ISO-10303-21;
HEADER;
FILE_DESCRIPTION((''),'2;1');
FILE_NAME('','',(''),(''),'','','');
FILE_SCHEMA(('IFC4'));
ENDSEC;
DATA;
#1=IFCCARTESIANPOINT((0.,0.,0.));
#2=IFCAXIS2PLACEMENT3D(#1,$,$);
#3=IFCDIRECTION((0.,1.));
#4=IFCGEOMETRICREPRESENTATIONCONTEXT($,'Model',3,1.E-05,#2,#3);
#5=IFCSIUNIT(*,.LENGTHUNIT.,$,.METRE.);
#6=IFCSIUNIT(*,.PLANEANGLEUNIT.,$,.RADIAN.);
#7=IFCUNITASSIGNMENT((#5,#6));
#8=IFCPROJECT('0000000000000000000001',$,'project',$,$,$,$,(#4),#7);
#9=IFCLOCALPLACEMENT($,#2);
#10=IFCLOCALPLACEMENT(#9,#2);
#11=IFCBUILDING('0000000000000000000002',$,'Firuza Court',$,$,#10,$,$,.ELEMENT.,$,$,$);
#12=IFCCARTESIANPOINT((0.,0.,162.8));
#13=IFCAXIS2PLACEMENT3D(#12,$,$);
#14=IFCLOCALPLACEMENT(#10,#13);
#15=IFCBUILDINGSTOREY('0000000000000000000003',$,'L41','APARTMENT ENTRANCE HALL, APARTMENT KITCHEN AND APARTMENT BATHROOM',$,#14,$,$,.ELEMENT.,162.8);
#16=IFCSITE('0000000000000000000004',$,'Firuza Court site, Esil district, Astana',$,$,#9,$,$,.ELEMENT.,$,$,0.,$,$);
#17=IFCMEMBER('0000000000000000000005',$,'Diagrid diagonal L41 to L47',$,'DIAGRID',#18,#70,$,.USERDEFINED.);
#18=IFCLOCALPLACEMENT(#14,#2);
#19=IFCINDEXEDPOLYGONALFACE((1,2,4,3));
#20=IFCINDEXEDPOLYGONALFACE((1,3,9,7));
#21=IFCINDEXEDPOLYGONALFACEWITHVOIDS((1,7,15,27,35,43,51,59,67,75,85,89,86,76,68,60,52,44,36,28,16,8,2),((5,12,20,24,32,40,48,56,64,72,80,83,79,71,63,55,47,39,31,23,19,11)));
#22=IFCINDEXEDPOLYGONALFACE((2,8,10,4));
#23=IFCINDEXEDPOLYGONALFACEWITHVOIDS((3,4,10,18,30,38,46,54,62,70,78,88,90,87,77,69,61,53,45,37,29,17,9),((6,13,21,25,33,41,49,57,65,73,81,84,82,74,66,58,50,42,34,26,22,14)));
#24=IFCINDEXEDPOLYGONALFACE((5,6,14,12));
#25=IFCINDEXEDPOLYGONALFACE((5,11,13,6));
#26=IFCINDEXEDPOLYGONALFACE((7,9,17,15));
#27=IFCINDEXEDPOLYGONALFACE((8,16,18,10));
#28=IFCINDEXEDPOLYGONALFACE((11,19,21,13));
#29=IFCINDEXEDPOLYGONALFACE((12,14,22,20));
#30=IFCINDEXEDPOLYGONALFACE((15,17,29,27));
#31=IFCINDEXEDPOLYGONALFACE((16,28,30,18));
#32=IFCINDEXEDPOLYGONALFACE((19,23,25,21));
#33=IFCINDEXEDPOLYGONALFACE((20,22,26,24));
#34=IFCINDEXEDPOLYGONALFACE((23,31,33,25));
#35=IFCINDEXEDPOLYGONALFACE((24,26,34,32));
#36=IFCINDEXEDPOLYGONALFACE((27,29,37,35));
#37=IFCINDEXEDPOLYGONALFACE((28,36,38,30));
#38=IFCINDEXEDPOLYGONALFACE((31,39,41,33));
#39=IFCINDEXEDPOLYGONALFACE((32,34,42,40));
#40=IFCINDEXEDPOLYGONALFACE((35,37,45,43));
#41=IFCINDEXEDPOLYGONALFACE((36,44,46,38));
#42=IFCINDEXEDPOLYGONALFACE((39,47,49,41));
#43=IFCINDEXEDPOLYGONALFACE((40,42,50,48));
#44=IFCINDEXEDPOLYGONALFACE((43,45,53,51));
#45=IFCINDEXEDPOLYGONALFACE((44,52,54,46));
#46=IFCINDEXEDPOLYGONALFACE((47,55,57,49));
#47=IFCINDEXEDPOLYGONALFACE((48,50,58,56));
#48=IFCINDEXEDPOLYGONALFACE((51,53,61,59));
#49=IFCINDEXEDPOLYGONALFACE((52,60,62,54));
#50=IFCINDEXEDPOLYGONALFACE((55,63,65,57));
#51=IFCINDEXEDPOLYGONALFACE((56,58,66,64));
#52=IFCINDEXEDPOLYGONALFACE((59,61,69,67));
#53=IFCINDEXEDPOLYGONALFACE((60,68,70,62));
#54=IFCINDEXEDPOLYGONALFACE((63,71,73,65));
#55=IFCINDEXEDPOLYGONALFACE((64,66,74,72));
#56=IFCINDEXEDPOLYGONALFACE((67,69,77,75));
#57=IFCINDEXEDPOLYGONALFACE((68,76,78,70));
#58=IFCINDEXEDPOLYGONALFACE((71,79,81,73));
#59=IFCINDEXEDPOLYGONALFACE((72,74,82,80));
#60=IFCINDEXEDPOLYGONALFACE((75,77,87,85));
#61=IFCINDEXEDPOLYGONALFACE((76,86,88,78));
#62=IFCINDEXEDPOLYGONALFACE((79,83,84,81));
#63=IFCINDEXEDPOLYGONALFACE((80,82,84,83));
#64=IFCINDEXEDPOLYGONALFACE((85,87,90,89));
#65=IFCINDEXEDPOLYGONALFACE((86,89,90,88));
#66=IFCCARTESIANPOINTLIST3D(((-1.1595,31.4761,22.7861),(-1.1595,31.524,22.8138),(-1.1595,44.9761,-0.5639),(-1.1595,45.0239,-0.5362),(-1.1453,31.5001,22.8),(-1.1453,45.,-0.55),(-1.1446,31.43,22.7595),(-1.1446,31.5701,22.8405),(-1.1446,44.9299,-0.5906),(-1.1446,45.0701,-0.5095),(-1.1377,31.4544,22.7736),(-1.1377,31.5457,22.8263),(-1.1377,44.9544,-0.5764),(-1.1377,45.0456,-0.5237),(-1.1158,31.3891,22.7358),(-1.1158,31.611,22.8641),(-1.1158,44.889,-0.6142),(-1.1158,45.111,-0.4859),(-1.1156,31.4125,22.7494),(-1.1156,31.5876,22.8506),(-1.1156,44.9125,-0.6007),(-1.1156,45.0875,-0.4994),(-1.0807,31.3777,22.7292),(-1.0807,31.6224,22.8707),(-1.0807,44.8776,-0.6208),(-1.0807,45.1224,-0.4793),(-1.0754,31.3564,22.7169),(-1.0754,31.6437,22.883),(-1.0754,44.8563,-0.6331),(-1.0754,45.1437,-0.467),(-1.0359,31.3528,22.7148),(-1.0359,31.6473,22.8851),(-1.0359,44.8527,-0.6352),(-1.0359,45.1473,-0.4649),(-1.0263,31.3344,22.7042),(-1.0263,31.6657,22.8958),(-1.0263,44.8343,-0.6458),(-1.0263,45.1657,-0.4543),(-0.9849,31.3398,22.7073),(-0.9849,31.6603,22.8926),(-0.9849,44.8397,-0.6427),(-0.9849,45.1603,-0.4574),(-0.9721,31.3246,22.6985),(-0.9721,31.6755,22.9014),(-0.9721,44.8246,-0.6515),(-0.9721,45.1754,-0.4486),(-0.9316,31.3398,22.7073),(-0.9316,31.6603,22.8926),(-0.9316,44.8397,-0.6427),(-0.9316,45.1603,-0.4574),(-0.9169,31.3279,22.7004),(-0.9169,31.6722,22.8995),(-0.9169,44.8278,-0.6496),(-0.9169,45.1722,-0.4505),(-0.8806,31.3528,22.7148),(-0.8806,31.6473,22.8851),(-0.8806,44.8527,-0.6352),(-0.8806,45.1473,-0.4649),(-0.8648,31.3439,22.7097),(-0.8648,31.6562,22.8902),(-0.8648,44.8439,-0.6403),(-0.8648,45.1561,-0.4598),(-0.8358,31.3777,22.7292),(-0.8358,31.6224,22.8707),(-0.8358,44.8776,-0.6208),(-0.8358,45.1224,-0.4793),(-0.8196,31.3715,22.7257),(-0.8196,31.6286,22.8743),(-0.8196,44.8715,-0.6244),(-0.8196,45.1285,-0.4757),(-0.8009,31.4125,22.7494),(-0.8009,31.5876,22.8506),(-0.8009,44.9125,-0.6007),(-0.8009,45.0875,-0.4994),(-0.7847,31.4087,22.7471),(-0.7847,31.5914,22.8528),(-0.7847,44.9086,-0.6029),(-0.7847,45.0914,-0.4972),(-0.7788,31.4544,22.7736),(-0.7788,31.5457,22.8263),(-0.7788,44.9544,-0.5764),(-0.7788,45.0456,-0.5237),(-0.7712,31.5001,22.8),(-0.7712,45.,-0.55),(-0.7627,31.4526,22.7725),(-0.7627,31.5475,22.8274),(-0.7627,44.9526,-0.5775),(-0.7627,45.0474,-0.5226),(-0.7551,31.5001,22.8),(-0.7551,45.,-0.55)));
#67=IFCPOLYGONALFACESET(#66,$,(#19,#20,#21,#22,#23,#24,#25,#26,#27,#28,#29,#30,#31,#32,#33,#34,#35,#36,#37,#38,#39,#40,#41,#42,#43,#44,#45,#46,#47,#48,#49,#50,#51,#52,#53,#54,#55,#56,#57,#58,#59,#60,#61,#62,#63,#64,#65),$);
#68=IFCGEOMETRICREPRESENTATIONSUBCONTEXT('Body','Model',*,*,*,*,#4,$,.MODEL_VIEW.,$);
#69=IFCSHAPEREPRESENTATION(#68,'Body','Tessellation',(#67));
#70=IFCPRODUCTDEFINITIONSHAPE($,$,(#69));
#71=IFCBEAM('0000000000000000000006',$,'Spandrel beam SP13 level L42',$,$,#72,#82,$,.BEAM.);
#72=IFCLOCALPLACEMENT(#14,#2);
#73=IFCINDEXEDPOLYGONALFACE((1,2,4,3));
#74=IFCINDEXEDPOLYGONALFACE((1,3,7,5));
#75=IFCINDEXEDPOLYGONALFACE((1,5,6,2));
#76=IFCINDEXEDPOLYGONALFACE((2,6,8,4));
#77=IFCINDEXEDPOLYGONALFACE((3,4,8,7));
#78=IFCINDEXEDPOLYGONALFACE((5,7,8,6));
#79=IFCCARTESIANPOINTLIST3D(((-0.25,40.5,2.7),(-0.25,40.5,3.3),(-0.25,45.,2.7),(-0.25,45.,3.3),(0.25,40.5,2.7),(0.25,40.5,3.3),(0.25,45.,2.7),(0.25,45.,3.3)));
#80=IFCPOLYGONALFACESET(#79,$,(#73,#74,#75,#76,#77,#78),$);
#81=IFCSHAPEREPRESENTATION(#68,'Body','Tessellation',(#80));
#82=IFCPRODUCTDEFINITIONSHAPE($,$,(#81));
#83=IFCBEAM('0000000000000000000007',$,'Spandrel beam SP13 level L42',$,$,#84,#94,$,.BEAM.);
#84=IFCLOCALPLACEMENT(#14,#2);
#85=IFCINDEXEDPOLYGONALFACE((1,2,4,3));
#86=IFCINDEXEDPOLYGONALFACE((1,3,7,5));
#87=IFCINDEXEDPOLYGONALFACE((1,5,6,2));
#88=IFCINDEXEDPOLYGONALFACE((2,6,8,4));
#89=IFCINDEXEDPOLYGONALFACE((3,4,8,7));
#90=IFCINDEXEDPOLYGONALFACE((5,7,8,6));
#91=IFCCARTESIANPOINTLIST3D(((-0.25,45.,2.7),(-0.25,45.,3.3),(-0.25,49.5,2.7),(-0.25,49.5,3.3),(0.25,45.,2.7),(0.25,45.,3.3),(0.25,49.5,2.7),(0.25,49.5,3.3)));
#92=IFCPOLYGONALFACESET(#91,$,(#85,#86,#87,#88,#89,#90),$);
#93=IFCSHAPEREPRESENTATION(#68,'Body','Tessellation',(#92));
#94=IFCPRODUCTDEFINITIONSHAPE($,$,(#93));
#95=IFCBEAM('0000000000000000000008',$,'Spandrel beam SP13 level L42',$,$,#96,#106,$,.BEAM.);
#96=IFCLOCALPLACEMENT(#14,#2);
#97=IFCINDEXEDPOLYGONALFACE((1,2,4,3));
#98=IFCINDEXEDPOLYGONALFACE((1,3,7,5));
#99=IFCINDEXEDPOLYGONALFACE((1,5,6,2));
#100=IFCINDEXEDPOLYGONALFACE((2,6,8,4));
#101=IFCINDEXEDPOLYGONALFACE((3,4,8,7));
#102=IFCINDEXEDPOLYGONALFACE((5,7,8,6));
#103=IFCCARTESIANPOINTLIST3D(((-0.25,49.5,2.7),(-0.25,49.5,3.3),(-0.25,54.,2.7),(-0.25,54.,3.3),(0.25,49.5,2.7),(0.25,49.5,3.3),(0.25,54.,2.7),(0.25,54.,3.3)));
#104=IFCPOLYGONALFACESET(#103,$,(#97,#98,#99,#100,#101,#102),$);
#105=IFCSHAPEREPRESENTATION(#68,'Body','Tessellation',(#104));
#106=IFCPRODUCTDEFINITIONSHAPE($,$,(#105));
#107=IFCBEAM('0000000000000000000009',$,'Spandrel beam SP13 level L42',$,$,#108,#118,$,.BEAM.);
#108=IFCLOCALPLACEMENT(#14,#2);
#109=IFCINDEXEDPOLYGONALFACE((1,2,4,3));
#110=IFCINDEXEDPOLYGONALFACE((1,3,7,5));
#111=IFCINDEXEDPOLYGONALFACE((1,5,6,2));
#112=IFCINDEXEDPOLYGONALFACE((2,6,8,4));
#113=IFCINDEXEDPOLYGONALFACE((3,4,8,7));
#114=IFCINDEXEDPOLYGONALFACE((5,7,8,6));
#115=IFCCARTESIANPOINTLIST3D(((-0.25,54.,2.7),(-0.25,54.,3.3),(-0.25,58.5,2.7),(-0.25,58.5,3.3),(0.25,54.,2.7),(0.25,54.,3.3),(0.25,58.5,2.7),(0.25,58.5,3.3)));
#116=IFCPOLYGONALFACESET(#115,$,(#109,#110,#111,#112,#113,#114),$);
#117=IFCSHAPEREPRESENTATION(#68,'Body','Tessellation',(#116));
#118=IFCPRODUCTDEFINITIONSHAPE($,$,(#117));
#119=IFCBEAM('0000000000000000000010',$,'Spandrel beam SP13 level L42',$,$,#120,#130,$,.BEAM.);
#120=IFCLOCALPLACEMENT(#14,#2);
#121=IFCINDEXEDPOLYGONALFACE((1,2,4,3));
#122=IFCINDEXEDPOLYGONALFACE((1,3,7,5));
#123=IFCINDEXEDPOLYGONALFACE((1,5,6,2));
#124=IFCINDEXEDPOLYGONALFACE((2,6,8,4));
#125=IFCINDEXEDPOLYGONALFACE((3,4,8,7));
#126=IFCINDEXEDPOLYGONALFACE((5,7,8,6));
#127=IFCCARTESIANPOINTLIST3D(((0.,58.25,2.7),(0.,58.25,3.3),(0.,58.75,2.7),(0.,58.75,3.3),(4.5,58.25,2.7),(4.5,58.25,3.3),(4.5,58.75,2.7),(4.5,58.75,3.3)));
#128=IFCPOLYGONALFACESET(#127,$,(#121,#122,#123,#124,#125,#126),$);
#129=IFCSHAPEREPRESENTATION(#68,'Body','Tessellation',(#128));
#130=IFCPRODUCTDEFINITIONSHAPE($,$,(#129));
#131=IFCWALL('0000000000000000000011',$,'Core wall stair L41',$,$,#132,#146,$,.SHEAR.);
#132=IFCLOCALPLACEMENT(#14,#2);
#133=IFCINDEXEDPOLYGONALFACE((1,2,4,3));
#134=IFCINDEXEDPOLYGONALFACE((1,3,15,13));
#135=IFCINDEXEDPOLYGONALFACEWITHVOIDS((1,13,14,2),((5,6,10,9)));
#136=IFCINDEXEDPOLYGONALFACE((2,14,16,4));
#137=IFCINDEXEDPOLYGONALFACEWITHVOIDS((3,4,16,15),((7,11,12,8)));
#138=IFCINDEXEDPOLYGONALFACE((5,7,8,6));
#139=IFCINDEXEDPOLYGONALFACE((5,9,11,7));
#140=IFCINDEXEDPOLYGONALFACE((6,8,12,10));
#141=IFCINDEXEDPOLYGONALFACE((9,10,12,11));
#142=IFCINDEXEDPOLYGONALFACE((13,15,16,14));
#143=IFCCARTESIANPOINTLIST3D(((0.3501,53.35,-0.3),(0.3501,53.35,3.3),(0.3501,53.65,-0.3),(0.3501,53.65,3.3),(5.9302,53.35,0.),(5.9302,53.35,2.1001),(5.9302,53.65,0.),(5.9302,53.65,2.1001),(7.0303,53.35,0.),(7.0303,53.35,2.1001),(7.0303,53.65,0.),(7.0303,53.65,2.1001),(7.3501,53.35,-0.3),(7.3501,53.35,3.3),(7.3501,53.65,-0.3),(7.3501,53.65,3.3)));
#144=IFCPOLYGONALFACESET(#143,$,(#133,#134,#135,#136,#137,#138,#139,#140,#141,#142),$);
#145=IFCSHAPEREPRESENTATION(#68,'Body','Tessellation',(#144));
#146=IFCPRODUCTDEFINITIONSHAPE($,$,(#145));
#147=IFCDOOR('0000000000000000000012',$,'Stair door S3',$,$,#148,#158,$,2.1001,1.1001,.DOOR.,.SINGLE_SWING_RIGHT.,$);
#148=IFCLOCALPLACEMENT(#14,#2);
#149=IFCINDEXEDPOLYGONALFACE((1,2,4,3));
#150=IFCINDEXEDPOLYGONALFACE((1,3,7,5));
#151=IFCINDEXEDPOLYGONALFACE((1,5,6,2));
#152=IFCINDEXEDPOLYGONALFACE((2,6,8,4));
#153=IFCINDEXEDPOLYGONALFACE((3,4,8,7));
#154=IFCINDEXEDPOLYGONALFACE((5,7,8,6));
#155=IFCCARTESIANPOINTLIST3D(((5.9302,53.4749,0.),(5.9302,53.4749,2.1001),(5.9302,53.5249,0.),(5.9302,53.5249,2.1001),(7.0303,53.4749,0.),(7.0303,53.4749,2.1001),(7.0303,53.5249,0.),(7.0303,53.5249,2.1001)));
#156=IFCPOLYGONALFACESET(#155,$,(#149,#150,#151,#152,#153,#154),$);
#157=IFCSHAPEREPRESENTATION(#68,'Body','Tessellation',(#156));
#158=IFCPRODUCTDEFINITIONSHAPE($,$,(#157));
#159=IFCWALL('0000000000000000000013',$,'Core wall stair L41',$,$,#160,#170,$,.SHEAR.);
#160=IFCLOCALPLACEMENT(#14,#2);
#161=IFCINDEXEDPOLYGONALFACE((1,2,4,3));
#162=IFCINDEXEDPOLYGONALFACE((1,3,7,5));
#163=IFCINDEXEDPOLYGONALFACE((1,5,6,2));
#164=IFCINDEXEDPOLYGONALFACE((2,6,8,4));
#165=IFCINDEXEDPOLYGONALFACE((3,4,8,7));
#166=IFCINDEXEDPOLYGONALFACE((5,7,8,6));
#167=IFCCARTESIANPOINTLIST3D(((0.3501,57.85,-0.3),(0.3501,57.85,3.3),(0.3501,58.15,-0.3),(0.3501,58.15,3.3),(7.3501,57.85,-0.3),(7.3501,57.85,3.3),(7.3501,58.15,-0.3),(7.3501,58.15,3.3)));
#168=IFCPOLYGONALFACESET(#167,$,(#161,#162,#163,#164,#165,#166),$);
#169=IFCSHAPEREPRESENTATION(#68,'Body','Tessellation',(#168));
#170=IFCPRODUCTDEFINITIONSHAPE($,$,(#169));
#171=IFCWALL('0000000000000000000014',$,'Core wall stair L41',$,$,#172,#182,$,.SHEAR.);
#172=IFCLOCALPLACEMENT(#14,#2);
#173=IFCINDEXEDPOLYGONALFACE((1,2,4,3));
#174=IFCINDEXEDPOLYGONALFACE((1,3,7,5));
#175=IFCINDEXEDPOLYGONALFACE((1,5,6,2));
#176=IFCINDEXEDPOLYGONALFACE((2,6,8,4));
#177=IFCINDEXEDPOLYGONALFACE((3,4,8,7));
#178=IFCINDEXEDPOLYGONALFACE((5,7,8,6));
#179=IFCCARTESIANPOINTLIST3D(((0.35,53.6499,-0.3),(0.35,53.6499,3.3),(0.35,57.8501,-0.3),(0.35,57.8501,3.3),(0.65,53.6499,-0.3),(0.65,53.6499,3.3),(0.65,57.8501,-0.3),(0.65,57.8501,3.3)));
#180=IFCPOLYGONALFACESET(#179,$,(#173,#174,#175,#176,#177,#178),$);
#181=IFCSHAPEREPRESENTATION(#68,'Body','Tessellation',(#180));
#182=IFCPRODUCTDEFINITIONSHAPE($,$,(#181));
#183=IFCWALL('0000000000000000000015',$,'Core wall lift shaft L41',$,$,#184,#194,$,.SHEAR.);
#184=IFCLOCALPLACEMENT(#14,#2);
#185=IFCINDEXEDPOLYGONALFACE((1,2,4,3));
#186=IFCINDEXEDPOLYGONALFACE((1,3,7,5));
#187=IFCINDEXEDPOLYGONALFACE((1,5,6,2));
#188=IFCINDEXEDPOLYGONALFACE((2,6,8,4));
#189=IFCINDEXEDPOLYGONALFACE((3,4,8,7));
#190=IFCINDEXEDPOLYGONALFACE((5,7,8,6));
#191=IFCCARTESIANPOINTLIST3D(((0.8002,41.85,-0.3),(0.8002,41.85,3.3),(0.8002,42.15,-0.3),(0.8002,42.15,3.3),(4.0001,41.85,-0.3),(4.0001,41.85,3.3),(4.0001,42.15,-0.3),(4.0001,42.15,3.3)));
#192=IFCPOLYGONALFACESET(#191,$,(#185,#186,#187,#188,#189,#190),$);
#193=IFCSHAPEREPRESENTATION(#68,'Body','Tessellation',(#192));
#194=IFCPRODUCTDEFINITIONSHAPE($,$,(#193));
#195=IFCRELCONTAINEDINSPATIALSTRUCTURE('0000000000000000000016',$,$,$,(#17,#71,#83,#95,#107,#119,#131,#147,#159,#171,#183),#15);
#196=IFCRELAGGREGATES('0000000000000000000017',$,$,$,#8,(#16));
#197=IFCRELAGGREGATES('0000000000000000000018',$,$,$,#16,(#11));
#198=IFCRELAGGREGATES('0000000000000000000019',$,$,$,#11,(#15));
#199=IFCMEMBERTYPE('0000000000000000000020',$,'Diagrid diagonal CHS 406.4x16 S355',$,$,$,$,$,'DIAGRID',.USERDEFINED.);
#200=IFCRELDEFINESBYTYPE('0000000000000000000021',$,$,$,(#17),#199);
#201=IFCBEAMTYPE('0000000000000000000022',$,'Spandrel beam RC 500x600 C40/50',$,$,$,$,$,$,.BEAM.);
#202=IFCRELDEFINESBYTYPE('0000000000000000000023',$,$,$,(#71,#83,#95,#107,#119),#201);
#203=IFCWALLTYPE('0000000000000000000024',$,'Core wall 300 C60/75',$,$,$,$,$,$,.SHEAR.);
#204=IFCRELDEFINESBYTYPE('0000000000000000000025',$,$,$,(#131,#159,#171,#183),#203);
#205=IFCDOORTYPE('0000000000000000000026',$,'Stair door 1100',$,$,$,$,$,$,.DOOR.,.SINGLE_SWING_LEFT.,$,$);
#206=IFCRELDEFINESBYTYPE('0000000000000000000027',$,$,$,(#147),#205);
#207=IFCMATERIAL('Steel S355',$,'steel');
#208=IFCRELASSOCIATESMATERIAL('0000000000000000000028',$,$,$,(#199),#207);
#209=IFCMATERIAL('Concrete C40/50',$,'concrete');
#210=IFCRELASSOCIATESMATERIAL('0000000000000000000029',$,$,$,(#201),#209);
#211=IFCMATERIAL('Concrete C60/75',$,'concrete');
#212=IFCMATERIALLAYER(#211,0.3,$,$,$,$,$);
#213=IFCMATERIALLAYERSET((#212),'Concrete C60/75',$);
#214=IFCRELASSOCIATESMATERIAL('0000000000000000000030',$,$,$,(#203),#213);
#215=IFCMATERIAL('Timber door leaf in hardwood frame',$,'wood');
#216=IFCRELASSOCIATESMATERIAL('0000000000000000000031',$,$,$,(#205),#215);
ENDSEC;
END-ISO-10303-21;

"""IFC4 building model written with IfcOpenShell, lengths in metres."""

from ifc_helpers import new_model, si_unit, direction, frame, frame_2d, origin, origin_2d, place, context, subcontext, project, spatial, rectangle, hollow_circle, extrude, material, layer, layer_set, material_profile, profile_set, type_object, element, fill, save


model = new_model("IFC4")

# Units and contexts
model_context = context("Model", 3, precision=1e-05, world=origin(), true_north=direction((0.0, 1.0)))
body_context = subcontext(model_context, "Body", "Model", "MODEL_VIEW")
ifc_project = project(units=[si_unit("LENGTHUNIT", "METRE"), si_unit("PLANEANGLEUNIT", "RADIAN")], contexts=[model_context])

# Site, building, storey
site_placement = place(None, origin())
site = spatial("IfcSite", under=ifc_project, at=site_placement, Name="Firuza Court site, Esil district, Astana", CompositionType="ELEMENT", RefElevation=0.0)
building_placement = place(site_placement, origin())
building = spatial("IfcBuilding", under=site, at=building_placement, Name="Firuza Court", CompositionType="ELEMENT")
storey_placement = place(building_placement, frame((0.0, 0.0, 162.8)))
storey = spatial("IfcBuildingStorey", under=building, at=storey_placement, Name="L41", Description="APARTMENT ENTRANCE HALL, APARTMENT KITCHEN AND APARTMENT BATHROOM", CompositionType="ELEMENT", Elevation=162.8)

# Member
ifc_material_1 = material(Name="Steel S355", Category="steel")
ifc_material_profile_1 = material_profile(ifc_material_1, hollow_circle(Radius=0.2031, WallThickness=0.0161, at=origin_2d()), Name="CHS 406.4x16")
ifc_profile_set_1 = profile_set([ifc_material_profile_1], Name="Steel S355")
member_type = type_object("IfcMemberType", Name="Diagrid diagonal CHS 406.4x16 S355", ElementType="DIAGRID", PredefinedType="USERDEFINED", material=ifc_profile_set_1)
for number, where, z_axis, x_axis, name in (
    (1, (-0.9583, 45.0, -0.55), (0.0, -0.500523, 0.865723), (1.0, 0.0, 0.0), "Diagrid diagonal L41 to L47"),
):
    element("IfcMember", number, at=place(storey_placement, frame(where, z_axis=z_axis, x_axis=x_axis)), inside=storey, type_object=member_type, Name=name, ObjectType="DIAGRID", PredefinedType="USERDEFINED", context=body_context, shape_type="SweptSolid", body=[
        extrude(hollow_circle(Radius=0.2031, WallThickness=0.0161, at=origin_2d()), origin(), (0.0, 0.0, 1.0), 26.9717),
    ])

# Beams
ifc_material_2 = material(Name="Concrete C40/50", Category="concrete")
ifc_material_profile_2 = material_profile(ifc_material_2, rectangle(XDim=0.5, YDim=0.6001, at=origin_2d()), Name="RC 500x600")
ifc_profile_set_2 = profile_set([ifc_material_profile_2], Name="Concrete C40/50")
beam_type = type_object("IfcBeamType", Name="Spandrel beam RC 500x600 C40/50", PredefinedType="BEAM", material=ifc_profile_set_2)
for number, where, z_axis, x_axis, name in (
    (2, (0.0, 45.0, 3.0), (0.0, -1.0, 0.0), (1.0, 0.0, 0.0), "Spandrel beam SP13 level L42"),
    (3, (0.0, 49.5, 3.0), (0.0, -1.0, 0.0), (1.0, 0.0, 0.0), "Spandrel beam SP13 level L42"),
    (4, (0.0, 54.0, 3.0), (0.0, -1.0, 0.0), (1.0, 0.0, 0.0), "Spandrel beam SP13 level L42"),
    (5, (0.0, 58.5, 3.0), (0.0, -1.0, 0.0), (1.0, 0.0, 0.0), "Spandrel beam SP13 level L42"),
    (6, (4.5, 58.5, 3.0), (-1.0, 0.0, 0.0), (0.0, -1.0, 0.0), "Spandrel beam SP13 level L42"),
):
    element("IfcBeam", number, at=place(storey_placement, frame(where, z_axis=z_axis, x_axis=x_axis)), inside=storey, type_object=beam_type, Name=name, PredefinedType="BEAM", context=body_context, shape_type="SweptSolid", body=[
        extrude(rectangle(XDim=0.5, YDim=0.6001, at=origin_2d()), origin(), (0.0, 0.0, 1.0), 4.5),
    ])

# Wall, opening, door
ifc_material_3 = material(Name="Concrete C60/75", Category="concrete")
ifc_layer_1 = layer(ifc_material_3, 0.3)
ifc_layer_set_1 = layer_set([ifc_layer_1], Name="Concrete C60/75")
wall_type_1 = type_object("IfcWallType", Name="Core wall 300 C60/75", PredefinedType="SHEAR", material=ifc_layer_set_1)
wall_1_placement = place(storey_placement, frame((0.3501, 53.5, -0.3), z_axis=(0.0, 0.0, 1.0), x_axis=(1.0, 0.0, 0.0)))
wall_1 = element("IfcWall", 7, at=wall_1_placement, inside=storey, type_object=wall_type_1, Name="Core wall stair L41", PredefinedType="SHEAR", context=body_context, shape_type="SweptSolid", body=[
    extrude(rectangle(XDim=7.0, YDim=0.3, at=frame_2d((3.5, 0.0))), origin(), (0.0, 0.0, 1.0), 3.6001),
])
opening_1_placement = place(wall_1_placement, frame((5.5801, 0.0, 0.3)))
opening_1 = element("IfcOpeningElement", 8, at=opening_1_placement, cuts=wall_1, PredefinedType="OPENING", context=body_context, shape_type="SweptSolid", body=[
    extrude(rectangle(XDim=1.1001, YDim=2.1001, at=frame_2d((0.55, 1.05))), frame((0.0, 0.1621, 0.0), z_axis=(0.0, -1.0, 0.0), x_axis=(1.0, 0.0, 0.0)), (0.0, 0.0, 1.0), 0.324),
])
ifc_material_4 = material(Name="Timber door leaf in hardwood frame", Category="wood")
door_type = type_object("IfcDoorType", Name="Stair door 1100", OperationType="SINGLE_SWING_LEFT", PredefinedType="DOOR", material=ifc_material_4)
door_placement = place(opening_1_placement, origin())
door = element("IfcDoor", 9, at=door_placement, inside=storey, type_object=door_type, Name="Stair door S3", OperationType="SINGLE_SWING_RIGHT", OverallHeight=2.1001, OverallWidth=1.1001, PredefinedType="DOOR", context=body_context, shape_type="SweptSolid", body=[
    extrude(rectangle(XDim=1.1001, YDim=2.1001, at=frame_2d((0.55, 1.05))), frame((0.0, 0.0249, 0.0), z_axis=(0.0, -1.0, 0.0), x_axis=(1.0, 0.0, 0.0)), (0.0, 0.0, 1.0), 0.05),
])
fill(opening_1, door)

# Walls
wall_2_placement = place(storey_placement, frame((0.3501, 58.0, -0.3), z_axis=(0.0, 0.0, 1.0), x_axis=(1.0, 0.0, 0.0)))
element("IfcWall", 10, at=wall_2_placement, inside=storey, type_object=wall_type_1, Name="Core wall stair L41", PredefinedType="SHEAR", context=body_context, shape_type="SweptSolid", body=[
    extrude(rectangle(XDim=7.0, YDim=0.3, at=frame_2d((3.5, 0.0))), origin(), (0.0, 0.0, 1.0), 3.6001),
])
wall_3_placement = place(storey_placement, frame((0.5, 53.6499, -0.3), z_axis=(0.0, 0.0, 1.0), x_axis=(0.0, 1.0, 0.0)))
element("IfcWall", 11, at=wall_3_placement, inside=storey, type_object=wall_type_1, Name="Core wall stair L41", PredefinedType="SHEAR", context=body_context, shape_type="SweptSolid", body=[
    extrude(rectangle(XDim=4.2002, YDim=0.3, at=frame_2d((2.1001, 0.0))), origin(), (0.0, 0.0, 1.0), 3.6001),
])
for number, where, z_axis, x_axis, name in (
    (12, (0.8, 42.0, -0.3), (0.0, 0.0, 1.0), (1.0, 0.0, 0.0), "Core wall lift shaft L41"),
):
    element("IfcWall", number, at=place(storey_placement, frame(where, z_axis=z_axis, x_axis=x_axis)), inside=storey, type_object=wall_type_1, Name=name, PredefinedType="SHEAR", context=body_context, shape_type="SweptSolid", body=[
        extrude(rectangle(XDim=3.2, YDim=0.3, at=frame_2d((1.6001, 0.0))), origin(), (0.0, 0.0, 1.0), 3.6001),
    ])

save(model, "model.ifc")
